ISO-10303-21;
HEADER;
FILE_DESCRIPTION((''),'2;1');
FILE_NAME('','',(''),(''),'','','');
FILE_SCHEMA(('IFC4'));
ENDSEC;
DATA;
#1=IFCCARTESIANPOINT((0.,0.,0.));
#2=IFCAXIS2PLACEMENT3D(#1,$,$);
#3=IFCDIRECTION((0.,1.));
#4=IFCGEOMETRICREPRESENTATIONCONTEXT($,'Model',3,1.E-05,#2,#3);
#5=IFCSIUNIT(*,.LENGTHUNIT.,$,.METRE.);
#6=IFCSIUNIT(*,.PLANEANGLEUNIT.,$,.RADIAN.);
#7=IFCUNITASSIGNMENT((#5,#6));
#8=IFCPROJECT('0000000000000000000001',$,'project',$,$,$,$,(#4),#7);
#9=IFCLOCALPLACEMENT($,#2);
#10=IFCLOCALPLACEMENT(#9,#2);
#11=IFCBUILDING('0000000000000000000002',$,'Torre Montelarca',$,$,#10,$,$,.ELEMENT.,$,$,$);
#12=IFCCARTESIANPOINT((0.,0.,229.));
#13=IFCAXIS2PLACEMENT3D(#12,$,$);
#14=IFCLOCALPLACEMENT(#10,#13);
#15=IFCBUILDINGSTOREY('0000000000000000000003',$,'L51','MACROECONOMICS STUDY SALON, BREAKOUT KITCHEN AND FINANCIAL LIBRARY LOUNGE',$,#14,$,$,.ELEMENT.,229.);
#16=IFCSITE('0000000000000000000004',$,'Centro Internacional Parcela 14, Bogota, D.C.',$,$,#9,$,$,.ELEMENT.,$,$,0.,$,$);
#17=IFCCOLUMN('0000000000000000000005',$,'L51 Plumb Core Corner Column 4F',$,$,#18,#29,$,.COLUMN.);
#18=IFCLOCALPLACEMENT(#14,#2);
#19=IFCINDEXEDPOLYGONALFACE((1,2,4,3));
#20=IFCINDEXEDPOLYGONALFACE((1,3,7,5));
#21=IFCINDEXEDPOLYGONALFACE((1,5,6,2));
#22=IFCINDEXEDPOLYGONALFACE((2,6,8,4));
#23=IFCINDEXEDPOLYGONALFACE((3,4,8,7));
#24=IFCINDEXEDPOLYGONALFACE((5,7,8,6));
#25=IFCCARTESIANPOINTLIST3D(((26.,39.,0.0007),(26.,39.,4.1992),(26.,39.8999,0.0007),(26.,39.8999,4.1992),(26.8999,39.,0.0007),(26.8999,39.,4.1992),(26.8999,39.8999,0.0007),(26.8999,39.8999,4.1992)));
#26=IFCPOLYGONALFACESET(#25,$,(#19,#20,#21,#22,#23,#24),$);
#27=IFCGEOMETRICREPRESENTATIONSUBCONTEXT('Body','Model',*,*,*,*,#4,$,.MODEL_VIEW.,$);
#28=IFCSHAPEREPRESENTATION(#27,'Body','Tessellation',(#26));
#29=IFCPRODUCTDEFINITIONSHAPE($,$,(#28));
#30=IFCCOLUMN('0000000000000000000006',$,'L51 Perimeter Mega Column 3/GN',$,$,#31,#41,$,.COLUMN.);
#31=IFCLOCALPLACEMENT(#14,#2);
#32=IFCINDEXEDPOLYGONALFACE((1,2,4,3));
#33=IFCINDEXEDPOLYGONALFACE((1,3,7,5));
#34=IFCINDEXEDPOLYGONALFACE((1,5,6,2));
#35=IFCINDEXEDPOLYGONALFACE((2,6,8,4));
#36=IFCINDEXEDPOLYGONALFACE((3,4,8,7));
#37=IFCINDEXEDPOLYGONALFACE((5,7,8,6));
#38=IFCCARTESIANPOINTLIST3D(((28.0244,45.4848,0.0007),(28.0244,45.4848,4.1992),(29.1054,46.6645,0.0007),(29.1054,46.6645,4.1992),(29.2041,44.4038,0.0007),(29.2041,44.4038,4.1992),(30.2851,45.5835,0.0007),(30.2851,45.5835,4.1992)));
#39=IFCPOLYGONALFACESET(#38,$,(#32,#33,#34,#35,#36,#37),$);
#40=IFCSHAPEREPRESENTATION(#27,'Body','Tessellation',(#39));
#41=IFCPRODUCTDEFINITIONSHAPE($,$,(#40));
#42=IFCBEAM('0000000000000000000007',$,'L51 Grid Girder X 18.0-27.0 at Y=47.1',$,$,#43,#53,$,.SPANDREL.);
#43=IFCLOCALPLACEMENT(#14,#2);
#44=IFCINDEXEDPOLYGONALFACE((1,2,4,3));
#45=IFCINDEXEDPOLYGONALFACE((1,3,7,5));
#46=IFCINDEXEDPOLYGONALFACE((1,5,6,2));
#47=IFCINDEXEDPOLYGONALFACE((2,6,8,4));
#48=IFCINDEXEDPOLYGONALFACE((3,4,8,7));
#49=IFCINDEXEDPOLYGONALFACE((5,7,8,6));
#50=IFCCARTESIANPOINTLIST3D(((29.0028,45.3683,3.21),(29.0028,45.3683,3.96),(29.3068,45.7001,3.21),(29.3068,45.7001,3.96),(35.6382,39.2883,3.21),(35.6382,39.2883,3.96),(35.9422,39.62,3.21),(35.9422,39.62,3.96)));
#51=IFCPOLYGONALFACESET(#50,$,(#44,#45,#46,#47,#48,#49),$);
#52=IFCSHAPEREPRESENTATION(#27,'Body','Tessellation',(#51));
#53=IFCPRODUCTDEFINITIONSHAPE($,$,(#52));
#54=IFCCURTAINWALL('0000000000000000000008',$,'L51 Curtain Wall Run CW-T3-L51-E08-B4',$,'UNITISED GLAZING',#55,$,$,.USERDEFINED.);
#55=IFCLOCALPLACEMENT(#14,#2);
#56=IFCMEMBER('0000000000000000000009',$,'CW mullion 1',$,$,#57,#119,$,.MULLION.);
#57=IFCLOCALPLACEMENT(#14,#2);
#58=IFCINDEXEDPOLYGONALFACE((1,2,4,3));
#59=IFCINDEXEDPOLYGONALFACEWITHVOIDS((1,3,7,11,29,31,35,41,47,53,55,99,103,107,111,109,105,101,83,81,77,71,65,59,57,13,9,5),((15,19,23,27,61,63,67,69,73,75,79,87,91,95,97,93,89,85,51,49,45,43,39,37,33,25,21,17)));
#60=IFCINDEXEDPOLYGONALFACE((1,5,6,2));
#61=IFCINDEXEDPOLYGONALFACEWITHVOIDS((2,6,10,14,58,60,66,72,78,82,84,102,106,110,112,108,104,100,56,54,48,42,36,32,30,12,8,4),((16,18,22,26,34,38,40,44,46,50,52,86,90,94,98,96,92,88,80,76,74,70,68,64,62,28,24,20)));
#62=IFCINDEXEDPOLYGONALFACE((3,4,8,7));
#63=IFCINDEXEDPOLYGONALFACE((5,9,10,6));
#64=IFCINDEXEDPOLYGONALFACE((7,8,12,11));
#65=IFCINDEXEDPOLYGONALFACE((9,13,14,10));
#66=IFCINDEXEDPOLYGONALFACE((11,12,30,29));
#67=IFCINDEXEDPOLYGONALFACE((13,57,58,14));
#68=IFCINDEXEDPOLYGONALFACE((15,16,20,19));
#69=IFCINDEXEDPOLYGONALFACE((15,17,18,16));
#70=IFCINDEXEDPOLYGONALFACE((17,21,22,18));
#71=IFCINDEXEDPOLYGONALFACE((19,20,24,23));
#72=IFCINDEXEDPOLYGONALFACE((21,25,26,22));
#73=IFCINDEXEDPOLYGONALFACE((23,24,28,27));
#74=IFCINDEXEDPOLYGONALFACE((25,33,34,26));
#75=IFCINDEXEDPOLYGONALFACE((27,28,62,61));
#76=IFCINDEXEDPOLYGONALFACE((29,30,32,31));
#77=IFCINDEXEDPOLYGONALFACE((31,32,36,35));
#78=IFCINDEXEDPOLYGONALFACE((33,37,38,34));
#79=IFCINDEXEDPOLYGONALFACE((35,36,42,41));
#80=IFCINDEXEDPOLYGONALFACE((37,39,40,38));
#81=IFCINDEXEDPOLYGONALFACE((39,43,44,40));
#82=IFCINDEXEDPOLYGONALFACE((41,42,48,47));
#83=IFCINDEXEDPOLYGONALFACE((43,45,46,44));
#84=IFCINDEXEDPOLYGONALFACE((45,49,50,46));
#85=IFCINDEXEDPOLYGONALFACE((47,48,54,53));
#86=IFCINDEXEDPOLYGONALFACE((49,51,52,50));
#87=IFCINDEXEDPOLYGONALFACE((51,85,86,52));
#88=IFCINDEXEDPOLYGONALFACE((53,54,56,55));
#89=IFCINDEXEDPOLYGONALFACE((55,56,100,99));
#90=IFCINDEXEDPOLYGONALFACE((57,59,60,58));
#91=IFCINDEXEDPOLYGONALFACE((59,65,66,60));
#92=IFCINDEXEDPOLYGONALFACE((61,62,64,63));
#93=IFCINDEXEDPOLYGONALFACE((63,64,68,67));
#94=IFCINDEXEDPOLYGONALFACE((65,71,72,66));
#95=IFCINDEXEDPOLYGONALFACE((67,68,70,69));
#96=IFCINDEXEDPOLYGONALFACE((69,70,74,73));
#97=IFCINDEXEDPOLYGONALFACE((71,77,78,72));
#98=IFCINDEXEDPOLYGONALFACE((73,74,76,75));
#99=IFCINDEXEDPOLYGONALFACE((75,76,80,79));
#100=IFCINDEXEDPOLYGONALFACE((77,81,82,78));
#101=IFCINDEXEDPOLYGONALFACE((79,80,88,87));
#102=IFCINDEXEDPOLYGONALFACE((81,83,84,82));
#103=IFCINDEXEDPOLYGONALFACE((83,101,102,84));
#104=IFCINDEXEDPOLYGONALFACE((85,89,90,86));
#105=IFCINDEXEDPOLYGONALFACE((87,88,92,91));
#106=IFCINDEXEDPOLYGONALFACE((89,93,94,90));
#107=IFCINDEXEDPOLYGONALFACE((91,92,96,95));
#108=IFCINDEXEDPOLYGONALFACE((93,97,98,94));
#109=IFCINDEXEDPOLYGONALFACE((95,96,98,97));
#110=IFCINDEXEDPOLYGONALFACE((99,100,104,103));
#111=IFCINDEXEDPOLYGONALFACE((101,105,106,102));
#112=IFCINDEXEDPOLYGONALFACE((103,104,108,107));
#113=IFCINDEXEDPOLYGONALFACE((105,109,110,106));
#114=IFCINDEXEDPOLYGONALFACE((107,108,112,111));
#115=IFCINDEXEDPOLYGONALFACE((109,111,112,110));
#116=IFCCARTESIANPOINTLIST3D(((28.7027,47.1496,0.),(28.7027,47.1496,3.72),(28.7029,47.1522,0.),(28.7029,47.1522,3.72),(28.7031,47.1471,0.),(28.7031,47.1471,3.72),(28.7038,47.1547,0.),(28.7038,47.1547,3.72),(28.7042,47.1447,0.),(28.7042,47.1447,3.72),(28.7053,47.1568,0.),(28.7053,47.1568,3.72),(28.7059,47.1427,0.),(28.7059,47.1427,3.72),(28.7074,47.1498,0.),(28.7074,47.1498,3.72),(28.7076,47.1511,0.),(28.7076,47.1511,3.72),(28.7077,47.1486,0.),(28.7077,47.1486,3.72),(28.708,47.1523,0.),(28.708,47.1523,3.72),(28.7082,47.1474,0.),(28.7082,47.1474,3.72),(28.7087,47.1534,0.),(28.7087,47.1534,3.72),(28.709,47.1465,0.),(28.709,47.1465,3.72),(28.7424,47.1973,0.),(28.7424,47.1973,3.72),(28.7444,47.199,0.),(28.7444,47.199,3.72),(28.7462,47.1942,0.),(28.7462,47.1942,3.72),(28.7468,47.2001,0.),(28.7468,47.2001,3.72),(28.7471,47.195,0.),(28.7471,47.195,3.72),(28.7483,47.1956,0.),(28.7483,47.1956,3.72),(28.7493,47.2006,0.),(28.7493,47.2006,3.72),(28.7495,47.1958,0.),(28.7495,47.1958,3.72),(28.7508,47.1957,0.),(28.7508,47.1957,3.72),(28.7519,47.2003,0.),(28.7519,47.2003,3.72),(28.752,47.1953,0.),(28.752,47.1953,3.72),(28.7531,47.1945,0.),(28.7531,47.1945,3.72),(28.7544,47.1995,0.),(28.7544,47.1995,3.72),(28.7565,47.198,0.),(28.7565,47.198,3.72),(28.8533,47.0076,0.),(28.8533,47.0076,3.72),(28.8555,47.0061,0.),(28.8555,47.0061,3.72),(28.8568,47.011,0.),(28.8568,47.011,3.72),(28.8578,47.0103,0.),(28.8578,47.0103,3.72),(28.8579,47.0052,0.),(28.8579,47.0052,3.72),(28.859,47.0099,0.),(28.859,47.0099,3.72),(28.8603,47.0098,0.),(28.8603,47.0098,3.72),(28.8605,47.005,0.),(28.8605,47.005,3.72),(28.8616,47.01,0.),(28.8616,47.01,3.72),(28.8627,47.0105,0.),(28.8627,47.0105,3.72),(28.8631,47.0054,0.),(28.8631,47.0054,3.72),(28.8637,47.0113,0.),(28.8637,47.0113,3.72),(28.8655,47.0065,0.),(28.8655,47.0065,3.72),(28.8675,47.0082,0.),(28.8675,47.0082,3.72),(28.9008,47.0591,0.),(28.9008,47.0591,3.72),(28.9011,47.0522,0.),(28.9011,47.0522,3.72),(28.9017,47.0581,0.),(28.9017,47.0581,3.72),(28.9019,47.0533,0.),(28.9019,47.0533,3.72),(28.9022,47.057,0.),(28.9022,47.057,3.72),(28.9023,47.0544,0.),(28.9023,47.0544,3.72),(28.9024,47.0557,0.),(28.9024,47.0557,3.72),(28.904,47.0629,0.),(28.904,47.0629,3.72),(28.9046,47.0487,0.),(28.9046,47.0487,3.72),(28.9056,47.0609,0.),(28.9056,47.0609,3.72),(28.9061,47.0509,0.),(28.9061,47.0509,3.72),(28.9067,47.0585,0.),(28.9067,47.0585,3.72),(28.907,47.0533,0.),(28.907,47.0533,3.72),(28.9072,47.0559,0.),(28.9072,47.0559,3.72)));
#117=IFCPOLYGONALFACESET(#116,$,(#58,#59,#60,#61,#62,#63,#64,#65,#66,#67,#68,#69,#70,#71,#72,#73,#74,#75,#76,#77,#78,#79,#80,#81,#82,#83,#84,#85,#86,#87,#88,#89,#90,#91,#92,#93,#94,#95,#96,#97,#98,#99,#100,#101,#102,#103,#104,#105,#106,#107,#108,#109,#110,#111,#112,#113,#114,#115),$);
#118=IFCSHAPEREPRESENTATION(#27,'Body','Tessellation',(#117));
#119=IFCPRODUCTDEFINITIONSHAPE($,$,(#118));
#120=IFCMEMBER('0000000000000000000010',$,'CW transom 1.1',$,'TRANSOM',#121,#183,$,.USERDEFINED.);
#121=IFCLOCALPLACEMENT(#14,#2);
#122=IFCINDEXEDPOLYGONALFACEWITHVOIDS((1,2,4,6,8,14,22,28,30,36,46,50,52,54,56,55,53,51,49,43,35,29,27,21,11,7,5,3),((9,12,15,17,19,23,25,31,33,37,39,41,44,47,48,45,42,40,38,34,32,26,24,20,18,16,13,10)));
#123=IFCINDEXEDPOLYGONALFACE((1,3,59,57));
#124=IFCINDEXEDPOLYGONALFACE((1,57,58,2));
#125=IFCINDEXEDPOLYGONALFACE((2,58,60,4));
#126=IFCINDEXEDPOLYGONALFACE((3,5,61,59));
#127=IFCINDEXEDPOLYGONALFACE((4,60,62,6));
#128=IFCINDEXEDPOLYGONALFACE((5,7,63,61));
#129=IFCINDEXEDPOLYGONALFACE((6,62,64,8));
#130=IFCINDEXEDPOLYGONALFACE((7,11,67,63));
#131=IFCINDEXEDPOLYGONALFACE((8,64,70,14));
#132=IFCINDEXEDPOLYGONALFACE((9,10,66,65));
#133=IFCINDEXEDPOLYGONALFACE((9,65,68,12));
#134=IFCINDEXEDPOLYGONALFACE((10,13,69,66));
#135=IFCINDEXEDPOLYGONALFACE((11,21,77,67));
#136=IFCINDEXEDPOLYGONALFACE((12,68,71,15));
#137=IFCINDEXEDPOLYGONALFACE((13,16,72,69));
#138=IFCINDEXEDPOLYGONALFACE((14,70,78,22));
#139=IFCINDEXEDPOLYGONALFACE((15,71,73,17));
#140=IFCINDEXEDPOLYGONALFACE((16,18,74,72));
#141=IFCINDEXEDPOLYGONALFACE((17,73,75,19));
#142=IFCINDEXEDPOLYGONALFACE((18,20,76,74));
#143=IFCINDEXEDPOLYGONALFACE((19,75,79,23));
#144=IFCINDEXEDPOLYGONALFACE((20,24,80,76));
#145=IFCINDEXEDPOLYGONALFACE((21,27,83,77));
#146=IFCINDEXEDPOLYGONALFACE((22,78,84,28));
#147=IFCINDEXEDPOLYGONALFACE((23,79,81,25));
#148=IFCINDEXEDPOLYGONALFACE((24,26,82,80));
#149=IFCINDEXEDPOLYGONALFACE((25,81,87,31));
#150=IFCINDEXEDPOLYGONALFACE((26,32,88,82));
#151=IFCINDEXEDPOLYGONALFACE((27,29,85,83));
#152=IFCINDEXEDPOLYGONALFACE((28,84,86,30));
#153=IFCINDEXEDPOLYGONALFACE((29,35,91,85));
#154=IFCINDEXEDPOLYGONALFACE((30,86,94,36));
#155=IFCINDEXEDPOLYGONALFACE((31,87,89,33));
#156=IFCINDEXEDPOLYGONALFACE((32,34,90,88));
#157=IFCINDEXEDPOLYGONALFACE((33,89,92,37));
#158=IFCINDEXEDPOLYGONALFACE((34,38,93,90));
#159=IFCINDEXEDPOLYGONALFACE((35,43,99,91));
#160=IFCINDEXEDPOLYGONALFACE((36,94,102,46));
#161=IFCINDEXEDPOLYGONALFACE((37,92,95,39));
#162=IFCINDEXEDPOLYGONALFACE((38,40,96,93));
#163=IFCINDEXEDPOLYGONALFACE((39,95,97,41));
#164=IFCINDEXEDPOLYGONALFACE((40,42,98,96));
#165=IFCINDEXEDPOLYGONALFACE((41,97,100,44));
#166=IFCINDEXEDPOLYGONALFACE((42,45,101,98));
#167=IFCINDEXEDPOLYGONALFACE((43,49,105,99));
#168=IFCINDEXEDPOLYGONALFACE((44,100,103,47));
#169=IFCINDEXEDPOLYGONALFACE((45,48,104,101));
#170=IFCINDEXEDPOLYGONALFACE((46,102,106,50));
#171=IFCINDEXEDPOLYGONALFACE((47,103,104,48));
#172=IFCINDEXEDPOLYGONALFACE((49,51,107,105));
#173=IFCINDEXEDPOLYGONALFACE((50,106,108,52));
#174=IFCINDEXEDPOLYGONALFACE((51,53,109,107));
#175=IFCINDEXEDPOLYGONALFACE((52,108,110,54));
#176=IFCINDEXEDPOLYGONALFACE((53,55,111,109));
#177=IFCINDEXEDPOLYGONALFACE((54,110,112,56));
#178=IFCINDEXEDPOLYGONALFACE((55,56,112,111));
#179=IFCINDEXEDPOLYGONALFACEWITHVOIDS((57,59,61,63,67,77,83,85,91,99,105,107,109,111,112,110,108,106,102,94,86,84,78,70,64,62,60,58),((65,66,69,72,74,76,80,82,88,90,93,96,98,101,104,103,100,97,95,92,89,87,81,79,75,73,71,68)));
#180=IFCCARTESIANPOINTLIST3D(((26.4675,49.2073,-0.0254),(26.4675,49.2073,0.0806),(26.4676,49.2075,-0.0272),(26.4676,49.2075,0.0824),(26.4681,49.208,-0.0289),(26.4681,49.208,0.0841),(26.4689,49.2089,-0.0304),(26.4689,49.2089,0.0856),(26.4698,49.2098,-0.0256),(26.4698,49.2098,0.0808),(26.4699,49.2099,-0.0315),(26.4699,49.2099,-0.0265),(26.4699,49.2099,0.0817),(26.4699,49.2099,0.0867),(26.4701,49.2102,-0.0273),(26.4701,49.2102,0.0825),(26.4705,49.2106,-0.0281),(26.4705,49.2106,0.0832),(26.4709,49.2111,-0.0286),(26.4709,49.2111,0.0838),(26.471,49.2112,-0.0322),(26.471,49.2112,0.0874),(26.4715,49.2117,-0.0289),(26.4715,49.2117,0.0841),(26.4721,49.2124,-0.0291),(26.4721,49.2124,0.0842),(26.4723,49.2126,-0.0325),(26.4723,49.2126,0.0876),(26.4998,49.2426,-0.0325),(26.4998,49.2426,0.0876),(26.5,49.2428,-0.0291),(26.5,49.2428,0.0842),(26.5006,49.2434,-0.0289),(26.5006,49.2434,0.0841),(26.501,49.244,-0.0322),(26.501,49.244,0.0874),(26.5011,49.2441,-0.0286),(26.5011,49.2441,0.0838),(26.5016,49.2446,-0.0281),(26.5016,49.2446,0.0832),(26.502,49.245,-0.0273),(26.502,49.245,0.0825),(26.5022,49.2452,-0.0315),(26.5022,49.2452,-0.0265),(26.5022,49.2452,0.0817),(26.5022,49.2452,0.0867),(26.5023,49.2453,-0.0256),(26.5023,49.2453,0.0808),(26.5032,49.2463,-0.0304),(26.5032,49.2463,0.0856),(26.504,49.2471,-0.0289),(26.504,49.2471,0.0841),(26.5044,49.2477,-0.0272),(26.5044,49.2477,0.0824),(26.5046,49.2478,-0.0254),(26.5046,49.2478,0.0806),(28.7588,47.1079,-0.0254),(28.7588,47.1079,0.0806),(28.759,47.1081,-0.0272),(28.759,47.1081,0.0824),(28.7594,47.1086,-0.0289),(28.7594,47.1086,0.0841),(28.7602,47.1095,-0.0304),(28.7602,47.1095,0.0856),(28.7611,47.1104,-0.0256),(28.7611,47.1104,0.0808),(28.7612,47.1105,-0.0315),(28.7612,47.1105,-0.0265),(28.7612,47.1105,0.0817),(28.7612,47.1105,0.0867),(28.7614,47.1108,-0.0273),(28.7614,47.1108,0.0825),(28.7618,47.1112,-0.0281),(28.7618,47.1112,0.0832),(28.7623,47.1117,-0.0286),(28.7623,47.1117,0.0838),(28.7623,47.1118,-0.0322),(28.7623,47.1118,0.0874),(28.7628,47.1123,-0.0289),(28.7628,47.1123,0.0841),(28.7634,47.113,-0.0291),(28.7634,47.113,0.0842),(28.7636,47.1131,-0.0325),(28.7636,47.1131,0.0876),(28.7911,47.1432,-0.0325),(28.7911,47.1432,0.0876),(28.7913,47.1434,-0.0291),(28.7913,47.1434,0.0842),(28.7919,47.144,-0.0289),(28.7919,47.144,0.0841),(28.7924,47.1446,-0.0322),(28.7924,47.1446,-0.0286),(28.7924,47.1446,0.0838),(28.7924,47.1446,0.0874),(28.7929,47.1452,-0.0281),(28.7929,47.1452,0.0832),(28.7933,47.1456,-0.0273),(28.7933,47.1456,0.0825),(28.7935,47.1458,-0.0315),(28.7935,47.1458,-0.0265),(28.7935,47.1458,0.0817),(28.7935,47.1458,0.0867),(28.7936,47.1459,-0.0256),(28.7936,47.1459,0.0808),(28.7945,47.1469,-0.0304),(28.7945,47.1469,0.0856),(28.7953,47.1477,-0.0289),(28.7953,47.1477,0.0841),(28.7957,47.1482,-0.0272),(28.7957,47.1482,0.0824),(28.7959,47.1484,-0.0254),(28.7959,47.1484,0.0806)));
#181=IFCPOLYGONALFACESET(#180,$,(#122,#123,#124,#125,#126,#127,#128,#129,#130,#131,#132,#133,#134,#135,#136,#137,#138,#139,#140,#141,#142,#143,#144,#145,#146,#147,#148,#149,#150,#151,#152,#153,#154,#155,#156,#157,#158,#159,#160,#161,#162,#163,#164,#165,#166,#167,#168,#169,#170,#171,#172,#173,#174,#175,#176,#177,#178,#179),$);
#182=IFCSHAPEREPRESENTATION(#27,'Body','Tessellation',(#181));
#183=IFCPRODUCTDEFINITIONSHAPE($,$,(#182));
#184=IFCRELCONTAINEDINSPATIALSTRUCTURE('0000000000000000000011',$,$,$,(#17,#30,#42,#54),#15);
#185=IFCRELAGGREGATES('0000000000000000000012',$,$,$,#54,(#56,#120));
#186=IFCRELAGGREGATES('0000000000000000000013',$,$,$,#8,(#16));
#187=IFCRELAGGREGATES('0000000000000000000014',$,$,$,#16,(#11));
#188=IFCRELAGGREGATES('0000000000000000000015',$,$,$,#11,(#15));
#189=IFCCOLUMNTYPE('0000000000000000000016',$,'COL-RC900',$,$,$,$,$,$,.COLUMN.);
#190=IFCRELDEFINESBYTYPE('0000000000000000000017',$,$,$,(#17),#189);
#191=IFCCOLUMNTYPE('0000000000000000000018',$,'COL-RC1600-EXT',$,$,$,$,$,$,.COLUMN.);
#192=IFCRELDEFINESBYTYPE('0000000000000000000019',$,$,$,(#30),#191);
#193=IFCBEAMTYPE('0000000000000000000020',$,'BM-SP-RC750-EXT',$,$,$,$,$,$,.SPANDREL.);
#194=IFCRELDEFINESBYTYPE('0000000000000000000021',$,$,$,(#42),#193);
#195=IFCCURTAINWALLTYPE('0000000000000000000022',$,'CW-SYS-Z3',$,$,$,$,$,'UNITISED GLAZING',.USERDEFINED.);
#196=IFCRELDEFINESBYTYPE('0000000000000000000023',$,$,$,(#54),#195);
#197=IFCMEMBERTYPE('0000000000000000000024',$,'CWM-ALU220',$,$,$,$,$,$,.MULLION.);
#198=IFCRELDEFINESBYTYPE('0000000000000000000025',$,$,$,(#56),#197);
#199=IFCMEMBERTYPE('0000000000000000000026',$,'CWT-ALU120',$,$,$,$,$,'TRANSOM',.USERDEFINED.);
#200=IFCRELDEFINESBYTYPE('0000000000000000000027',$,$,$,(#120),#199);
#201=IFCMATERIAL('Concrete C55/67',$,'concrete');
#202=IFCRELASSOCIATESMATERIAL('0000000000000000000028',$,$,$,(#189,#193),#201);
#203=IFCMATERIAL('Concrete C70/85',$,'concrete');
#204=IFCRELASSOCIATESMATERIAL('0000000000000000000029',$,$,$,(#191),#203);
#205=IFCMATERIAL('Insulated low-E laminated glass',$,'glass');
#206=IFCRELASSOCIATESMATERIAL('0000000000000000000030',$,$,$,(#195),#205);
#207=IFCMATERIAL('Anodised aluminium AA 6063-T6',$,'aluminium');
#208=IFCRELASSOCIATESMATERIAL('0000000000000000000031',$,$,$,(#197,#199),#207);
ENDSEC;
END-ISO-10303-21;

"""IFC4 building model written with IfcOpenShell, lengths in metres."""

from ifc_helpers import new_model, si_unit, direction, frame, origin, origin_2d, place, context, subcontext, project, spatial, rectangle, hollow_rectangle, extrude, source, transform, mapped, material, material_profile, profile_set, type_object, element, aggregate, save


model = new_model("IFC4")

# Units and contexts
model_context = context("Model", 3, precision=1e-05, world=origin(), true_north=direction((0.0, 1.0)))
body_context = subcontext(model_context, "Body", "Model", "MODEL_VIEW")
ifc_project = project(units=[si_unit("LENGTHUNIT", "METRE"), si_unit("PLANEANGLEUNIT", "RADIAN")], contexts=[model_context])

# Site, building, storey
site_placement = place(None, origin())
site = spatial("IfcSite", under=ifc_project, at=site_placement, Name="Centro Internacional Parcela 14, Bogota, D.C.", CompositionType="ELEMENT", RefElevation=0.0)
building_placement = place(site_placement, origin())
building = spatial("IfcBuilding", under=site, at=building_placement, Name="Torre Montelarca", CompositionType="ELEMENT")
storey_placement = place(building_placement, frame((0.0, 0.0, 229.0)))
storey = spatial("IfcBuildingStorey", under=building, at=storey_placement, Name="L51", Description="MACROECONOMICS STUDY SALON, BREAKOUT KITCHEN AND FINANCIAL LIBRARY LOUNGE", CompositionType="ELEMENT", Elevation=229.0)

# Columns
ifc_material_1 = material(Name="Concrete C55/67", Category="concrete")
ifc_material_profile_1 = material_profile(ifc_material_1, rectangle(XDim=0.8999, YDim=0.8999, at=origin_2d()), Name="RC900X900", Category="concrete")
ifc_profile_set_1 = profile_set([ifc_material_profile_1], Name="Concrete C55/67")
column_type_1 = type_object("IfcColumnType", Name="COL-RC900", PredefinedType="COLUMN", material=ifc_profile_set_1)
shared_shape_1 = source(origin(), body_context, "Body", "SweptSolid", [
    extrude(rectangle(XDim=0.8999, YDim=0.8999, at=origin_2d()), origin(), (0.0, 0.0, 1.0), 4.1985),
])
column_1_placement = place(storey_placement, frame((26.45, 39.45, 0.0007), z_axis=(0.0, 0.0, 1.0), x_axis=(1.0, 0.0, 0.0)))
element("IfcColumn", 1, at=column_1_placement, inside=storey, type_object=column_type_1, Name="L51 Plumb Core Corner Column 4F", PredefinedType="COLUMN", context=body_context, shape_type="MappedRepresentation", body=[
    mapped(shared_shape_1, transform((0.0, 0.0, 0.0), scale=1.0)),
])
ifc_material_2 = material(Name="Concrete C70/85", Category="concrete")
ifc_material_profile_2 = material_profile(ifc_material_2, rectangle(XDim=1.6001, YDim=1.6001, at=origin_2d()), Name="RC1600X1600", Category="concrete")
ifc_profile_set_2 = profile_set([ifc_material_profile_2], Name="Concrete C70/85")
column_type_2 = type_object("IfcColumnType", Name="COL-RC1600-EXT", PredefinedType="COLUMN", material=ifc_profile_set_2)
shared_shape_2 = source(origin(), body_context, "Body", "SweptSolid", [
    extrude(rectangle(XDim=1.6001, YDim=1.6001, at=origin_2d()), origin(), (0.0, 0.0, 1.0), 4.1985),
])
column_2_placement = place(storey_placement, frame((29.1548, 45.5342, 0.0007), z_axis=(0.0, 0.0, 1.0), x_axis=(-0.737277, 0.67559, 0.0)))
element("IfcColumn", 2, at=column_2_placement, inside=storey, type_object=column_type_2, Name="L51 Perimeter Mega Column 3/GN", PredefinedType="COLUMN", context=body_context, shape_type="MappedRepresentation", body=[
    mapped(shared_shape_2, transform((0.0, 0.0, 0.0), scale=1.0)),
])

# Beam
ifc_material_profile_3 = material_profile(ifc_material_1, rectangle(XDim=0.45, YDim=0.75, at=origin_2d()), Name="RCB450X750", Category="concrete")
ifc_profile_set_3 = profile_set([ifc_material_profile_3], Name="Concrete C55/67")
beam_type = type_object("IfcBeamType", Name="BM-SP-RC750-EXT", PredefinedType="SPANDREL", material=ifc_profile_set_3)
shared_shape_3 = source(origin(), body_context, "Body", "SweptSolid", [
    extrude(rectangle(XDim=0.45, YDim=0.75, at=origin_2d()), origin(), (0.0, 0.0, 1.0), 8.9998),
])
beam_placement = place(storey_placement, frame((29.1548, 45.5342, 3.585), z_axis=(0.73729, -0.675576, 0.0), x_axis=(0.675576, 0.73729, 0.0)))
element("IfcBeam", 3, at=beam_placement, inside=storey, type_object=beam_type, Name="L51 Grid Girder X 18.0-27.0 at Y=47.1", PredefinedType="SPANDREL", context=body_context, shape_type="MappedRepresentation", body=[
    mapped(shared_shape_3, transform((0.0, 0.0, 0.0), scale=1.0)),
])

# Curtain wall, members
ifc_material_3 = material(Name="Insulated low-E laminated glass", Category="glass")
curtain_wall_type = type_object("IfcCurtainWallType", Name="CW-SYS-Z3", ElementType="UNITISED GLAZING", PredefinedType="USERDEFINED", material=ifc_material_3)
curtain_wall_placement = place(storey_placement, origin())
curtain_wall = element("IfcCurtainWall", 4, at=curtain_wall_placement, inside=storey, type_object=curtain_wall_type, Name="L51 Curtain Wall Run CW-T3-L51-E08-B4", ObjectType="UNITISED GLAZING", PredefinedType="USERDEFINED")
ifc_material_4 = material(Name="Anodised aluminium AA 6063-T6", Category="aluminium")
ifc_material_profile_4 = material_profile(ifc_material_4, hollow_rectangle(XDim=0.075, YDim=0.22, WallThickness=0.0049, InnerFilletRadius=0.0049, OuterFilletRadius=0.01, at=origin_2d()), Name="ALU75X220X5", Category="aluminium")
ifc_profile_set_4 = profile_set([ifc_material_profile_4], Name="Anodised aluminium AA 6063-T6")
member_type_1 = type_object("IfcMemberType", Name="CWM-ALU220", PredefinedType="MULLION", material=ifc_profile_set_4)
shared_shape_4 = source(origin(), body_context, "Body", "SweptSolid", [
    extrude(hollow_rectangle(XDim=0.075, YDim=0.22, WallThickness=0.0049, InnerFilletRadius=0.0049, OuterFilletRadius=0.01, at=origin_2d()), origin(), (0.0, 0.0, 1.0), 3.72),
])
member_1_placement = place(storey_placement, frame((28.8049, 47.1028, 0.0), z_axis=(0.0, 0.0, 1.0), x_axis=(-0.675588, -0.73728, 0.0)))
member_1 = element("IfcMember", 5, at=member_1_placement, type_object=member_type_1, Name="CW mullion 1", PredefinedType="MULLION", context=body_context, shape_type="MappedRepresentation", body=[
    mapped(shared_shape_4, transform((0.0, 0.0, 0.0), scale=1.0)),
])
ifc_material_profile_5 = material_profile(ifc_material_4, hollow_rectangle(XDim=0.0549, YDim=0.1201, WallThickness=0.0034, InnerFilletRadius=0.0034, OuterFilletRadius=0.0071, at=origin_2d()), Name="ALU55X120X3.5", Category="aluminium")
ifc_profile_set_5 = profile_set([ifc_material_profile_5], Name="Anodised aluminium AA 6063-T6")
member_type_2 = type_object("IfcMemberType", Name="CWT-ALU120", ElementType="TRANSOM", PredefinedType="USERDEFINED", material=ifc_profile_set_5)
shared_shape_5 = source(origin(), body_context, "Body", "SweptSolid", [
    extrude(hollow_rectangle(XDim=0.0549, YDim=0.1201, WallThickness=0.0034, InnerFilletRadius=0.0034, OuterFilletRadius=0.0071, at=origin_2d()), origin(), (0.0, 0.0, 1.0), 3.1077),
])
member_2_placement = place(storey_placement, frame((28.7773, 47.1282, 0.0276), z_axis=(-0.737307, 0.675557, 0.0), x_axis=(-0.675557, -0.737307, 0.0)))
member_2 = element("IfcMember", 6, at=member_2_placement, type_object=member_type_2, Name="CW transom 1.1", ObjectType="TRANSOM", PredefinedType="USERDEFINED", context=body_context, shape_type="MappedRepresentation", body=[
    mapped(shared_shape_5, transform((0.0, 0.0, 0.0), scale=1.0)),
])
aggregate(curtain_wall, [member_1, member_2])

save(model, "model.ifc")
